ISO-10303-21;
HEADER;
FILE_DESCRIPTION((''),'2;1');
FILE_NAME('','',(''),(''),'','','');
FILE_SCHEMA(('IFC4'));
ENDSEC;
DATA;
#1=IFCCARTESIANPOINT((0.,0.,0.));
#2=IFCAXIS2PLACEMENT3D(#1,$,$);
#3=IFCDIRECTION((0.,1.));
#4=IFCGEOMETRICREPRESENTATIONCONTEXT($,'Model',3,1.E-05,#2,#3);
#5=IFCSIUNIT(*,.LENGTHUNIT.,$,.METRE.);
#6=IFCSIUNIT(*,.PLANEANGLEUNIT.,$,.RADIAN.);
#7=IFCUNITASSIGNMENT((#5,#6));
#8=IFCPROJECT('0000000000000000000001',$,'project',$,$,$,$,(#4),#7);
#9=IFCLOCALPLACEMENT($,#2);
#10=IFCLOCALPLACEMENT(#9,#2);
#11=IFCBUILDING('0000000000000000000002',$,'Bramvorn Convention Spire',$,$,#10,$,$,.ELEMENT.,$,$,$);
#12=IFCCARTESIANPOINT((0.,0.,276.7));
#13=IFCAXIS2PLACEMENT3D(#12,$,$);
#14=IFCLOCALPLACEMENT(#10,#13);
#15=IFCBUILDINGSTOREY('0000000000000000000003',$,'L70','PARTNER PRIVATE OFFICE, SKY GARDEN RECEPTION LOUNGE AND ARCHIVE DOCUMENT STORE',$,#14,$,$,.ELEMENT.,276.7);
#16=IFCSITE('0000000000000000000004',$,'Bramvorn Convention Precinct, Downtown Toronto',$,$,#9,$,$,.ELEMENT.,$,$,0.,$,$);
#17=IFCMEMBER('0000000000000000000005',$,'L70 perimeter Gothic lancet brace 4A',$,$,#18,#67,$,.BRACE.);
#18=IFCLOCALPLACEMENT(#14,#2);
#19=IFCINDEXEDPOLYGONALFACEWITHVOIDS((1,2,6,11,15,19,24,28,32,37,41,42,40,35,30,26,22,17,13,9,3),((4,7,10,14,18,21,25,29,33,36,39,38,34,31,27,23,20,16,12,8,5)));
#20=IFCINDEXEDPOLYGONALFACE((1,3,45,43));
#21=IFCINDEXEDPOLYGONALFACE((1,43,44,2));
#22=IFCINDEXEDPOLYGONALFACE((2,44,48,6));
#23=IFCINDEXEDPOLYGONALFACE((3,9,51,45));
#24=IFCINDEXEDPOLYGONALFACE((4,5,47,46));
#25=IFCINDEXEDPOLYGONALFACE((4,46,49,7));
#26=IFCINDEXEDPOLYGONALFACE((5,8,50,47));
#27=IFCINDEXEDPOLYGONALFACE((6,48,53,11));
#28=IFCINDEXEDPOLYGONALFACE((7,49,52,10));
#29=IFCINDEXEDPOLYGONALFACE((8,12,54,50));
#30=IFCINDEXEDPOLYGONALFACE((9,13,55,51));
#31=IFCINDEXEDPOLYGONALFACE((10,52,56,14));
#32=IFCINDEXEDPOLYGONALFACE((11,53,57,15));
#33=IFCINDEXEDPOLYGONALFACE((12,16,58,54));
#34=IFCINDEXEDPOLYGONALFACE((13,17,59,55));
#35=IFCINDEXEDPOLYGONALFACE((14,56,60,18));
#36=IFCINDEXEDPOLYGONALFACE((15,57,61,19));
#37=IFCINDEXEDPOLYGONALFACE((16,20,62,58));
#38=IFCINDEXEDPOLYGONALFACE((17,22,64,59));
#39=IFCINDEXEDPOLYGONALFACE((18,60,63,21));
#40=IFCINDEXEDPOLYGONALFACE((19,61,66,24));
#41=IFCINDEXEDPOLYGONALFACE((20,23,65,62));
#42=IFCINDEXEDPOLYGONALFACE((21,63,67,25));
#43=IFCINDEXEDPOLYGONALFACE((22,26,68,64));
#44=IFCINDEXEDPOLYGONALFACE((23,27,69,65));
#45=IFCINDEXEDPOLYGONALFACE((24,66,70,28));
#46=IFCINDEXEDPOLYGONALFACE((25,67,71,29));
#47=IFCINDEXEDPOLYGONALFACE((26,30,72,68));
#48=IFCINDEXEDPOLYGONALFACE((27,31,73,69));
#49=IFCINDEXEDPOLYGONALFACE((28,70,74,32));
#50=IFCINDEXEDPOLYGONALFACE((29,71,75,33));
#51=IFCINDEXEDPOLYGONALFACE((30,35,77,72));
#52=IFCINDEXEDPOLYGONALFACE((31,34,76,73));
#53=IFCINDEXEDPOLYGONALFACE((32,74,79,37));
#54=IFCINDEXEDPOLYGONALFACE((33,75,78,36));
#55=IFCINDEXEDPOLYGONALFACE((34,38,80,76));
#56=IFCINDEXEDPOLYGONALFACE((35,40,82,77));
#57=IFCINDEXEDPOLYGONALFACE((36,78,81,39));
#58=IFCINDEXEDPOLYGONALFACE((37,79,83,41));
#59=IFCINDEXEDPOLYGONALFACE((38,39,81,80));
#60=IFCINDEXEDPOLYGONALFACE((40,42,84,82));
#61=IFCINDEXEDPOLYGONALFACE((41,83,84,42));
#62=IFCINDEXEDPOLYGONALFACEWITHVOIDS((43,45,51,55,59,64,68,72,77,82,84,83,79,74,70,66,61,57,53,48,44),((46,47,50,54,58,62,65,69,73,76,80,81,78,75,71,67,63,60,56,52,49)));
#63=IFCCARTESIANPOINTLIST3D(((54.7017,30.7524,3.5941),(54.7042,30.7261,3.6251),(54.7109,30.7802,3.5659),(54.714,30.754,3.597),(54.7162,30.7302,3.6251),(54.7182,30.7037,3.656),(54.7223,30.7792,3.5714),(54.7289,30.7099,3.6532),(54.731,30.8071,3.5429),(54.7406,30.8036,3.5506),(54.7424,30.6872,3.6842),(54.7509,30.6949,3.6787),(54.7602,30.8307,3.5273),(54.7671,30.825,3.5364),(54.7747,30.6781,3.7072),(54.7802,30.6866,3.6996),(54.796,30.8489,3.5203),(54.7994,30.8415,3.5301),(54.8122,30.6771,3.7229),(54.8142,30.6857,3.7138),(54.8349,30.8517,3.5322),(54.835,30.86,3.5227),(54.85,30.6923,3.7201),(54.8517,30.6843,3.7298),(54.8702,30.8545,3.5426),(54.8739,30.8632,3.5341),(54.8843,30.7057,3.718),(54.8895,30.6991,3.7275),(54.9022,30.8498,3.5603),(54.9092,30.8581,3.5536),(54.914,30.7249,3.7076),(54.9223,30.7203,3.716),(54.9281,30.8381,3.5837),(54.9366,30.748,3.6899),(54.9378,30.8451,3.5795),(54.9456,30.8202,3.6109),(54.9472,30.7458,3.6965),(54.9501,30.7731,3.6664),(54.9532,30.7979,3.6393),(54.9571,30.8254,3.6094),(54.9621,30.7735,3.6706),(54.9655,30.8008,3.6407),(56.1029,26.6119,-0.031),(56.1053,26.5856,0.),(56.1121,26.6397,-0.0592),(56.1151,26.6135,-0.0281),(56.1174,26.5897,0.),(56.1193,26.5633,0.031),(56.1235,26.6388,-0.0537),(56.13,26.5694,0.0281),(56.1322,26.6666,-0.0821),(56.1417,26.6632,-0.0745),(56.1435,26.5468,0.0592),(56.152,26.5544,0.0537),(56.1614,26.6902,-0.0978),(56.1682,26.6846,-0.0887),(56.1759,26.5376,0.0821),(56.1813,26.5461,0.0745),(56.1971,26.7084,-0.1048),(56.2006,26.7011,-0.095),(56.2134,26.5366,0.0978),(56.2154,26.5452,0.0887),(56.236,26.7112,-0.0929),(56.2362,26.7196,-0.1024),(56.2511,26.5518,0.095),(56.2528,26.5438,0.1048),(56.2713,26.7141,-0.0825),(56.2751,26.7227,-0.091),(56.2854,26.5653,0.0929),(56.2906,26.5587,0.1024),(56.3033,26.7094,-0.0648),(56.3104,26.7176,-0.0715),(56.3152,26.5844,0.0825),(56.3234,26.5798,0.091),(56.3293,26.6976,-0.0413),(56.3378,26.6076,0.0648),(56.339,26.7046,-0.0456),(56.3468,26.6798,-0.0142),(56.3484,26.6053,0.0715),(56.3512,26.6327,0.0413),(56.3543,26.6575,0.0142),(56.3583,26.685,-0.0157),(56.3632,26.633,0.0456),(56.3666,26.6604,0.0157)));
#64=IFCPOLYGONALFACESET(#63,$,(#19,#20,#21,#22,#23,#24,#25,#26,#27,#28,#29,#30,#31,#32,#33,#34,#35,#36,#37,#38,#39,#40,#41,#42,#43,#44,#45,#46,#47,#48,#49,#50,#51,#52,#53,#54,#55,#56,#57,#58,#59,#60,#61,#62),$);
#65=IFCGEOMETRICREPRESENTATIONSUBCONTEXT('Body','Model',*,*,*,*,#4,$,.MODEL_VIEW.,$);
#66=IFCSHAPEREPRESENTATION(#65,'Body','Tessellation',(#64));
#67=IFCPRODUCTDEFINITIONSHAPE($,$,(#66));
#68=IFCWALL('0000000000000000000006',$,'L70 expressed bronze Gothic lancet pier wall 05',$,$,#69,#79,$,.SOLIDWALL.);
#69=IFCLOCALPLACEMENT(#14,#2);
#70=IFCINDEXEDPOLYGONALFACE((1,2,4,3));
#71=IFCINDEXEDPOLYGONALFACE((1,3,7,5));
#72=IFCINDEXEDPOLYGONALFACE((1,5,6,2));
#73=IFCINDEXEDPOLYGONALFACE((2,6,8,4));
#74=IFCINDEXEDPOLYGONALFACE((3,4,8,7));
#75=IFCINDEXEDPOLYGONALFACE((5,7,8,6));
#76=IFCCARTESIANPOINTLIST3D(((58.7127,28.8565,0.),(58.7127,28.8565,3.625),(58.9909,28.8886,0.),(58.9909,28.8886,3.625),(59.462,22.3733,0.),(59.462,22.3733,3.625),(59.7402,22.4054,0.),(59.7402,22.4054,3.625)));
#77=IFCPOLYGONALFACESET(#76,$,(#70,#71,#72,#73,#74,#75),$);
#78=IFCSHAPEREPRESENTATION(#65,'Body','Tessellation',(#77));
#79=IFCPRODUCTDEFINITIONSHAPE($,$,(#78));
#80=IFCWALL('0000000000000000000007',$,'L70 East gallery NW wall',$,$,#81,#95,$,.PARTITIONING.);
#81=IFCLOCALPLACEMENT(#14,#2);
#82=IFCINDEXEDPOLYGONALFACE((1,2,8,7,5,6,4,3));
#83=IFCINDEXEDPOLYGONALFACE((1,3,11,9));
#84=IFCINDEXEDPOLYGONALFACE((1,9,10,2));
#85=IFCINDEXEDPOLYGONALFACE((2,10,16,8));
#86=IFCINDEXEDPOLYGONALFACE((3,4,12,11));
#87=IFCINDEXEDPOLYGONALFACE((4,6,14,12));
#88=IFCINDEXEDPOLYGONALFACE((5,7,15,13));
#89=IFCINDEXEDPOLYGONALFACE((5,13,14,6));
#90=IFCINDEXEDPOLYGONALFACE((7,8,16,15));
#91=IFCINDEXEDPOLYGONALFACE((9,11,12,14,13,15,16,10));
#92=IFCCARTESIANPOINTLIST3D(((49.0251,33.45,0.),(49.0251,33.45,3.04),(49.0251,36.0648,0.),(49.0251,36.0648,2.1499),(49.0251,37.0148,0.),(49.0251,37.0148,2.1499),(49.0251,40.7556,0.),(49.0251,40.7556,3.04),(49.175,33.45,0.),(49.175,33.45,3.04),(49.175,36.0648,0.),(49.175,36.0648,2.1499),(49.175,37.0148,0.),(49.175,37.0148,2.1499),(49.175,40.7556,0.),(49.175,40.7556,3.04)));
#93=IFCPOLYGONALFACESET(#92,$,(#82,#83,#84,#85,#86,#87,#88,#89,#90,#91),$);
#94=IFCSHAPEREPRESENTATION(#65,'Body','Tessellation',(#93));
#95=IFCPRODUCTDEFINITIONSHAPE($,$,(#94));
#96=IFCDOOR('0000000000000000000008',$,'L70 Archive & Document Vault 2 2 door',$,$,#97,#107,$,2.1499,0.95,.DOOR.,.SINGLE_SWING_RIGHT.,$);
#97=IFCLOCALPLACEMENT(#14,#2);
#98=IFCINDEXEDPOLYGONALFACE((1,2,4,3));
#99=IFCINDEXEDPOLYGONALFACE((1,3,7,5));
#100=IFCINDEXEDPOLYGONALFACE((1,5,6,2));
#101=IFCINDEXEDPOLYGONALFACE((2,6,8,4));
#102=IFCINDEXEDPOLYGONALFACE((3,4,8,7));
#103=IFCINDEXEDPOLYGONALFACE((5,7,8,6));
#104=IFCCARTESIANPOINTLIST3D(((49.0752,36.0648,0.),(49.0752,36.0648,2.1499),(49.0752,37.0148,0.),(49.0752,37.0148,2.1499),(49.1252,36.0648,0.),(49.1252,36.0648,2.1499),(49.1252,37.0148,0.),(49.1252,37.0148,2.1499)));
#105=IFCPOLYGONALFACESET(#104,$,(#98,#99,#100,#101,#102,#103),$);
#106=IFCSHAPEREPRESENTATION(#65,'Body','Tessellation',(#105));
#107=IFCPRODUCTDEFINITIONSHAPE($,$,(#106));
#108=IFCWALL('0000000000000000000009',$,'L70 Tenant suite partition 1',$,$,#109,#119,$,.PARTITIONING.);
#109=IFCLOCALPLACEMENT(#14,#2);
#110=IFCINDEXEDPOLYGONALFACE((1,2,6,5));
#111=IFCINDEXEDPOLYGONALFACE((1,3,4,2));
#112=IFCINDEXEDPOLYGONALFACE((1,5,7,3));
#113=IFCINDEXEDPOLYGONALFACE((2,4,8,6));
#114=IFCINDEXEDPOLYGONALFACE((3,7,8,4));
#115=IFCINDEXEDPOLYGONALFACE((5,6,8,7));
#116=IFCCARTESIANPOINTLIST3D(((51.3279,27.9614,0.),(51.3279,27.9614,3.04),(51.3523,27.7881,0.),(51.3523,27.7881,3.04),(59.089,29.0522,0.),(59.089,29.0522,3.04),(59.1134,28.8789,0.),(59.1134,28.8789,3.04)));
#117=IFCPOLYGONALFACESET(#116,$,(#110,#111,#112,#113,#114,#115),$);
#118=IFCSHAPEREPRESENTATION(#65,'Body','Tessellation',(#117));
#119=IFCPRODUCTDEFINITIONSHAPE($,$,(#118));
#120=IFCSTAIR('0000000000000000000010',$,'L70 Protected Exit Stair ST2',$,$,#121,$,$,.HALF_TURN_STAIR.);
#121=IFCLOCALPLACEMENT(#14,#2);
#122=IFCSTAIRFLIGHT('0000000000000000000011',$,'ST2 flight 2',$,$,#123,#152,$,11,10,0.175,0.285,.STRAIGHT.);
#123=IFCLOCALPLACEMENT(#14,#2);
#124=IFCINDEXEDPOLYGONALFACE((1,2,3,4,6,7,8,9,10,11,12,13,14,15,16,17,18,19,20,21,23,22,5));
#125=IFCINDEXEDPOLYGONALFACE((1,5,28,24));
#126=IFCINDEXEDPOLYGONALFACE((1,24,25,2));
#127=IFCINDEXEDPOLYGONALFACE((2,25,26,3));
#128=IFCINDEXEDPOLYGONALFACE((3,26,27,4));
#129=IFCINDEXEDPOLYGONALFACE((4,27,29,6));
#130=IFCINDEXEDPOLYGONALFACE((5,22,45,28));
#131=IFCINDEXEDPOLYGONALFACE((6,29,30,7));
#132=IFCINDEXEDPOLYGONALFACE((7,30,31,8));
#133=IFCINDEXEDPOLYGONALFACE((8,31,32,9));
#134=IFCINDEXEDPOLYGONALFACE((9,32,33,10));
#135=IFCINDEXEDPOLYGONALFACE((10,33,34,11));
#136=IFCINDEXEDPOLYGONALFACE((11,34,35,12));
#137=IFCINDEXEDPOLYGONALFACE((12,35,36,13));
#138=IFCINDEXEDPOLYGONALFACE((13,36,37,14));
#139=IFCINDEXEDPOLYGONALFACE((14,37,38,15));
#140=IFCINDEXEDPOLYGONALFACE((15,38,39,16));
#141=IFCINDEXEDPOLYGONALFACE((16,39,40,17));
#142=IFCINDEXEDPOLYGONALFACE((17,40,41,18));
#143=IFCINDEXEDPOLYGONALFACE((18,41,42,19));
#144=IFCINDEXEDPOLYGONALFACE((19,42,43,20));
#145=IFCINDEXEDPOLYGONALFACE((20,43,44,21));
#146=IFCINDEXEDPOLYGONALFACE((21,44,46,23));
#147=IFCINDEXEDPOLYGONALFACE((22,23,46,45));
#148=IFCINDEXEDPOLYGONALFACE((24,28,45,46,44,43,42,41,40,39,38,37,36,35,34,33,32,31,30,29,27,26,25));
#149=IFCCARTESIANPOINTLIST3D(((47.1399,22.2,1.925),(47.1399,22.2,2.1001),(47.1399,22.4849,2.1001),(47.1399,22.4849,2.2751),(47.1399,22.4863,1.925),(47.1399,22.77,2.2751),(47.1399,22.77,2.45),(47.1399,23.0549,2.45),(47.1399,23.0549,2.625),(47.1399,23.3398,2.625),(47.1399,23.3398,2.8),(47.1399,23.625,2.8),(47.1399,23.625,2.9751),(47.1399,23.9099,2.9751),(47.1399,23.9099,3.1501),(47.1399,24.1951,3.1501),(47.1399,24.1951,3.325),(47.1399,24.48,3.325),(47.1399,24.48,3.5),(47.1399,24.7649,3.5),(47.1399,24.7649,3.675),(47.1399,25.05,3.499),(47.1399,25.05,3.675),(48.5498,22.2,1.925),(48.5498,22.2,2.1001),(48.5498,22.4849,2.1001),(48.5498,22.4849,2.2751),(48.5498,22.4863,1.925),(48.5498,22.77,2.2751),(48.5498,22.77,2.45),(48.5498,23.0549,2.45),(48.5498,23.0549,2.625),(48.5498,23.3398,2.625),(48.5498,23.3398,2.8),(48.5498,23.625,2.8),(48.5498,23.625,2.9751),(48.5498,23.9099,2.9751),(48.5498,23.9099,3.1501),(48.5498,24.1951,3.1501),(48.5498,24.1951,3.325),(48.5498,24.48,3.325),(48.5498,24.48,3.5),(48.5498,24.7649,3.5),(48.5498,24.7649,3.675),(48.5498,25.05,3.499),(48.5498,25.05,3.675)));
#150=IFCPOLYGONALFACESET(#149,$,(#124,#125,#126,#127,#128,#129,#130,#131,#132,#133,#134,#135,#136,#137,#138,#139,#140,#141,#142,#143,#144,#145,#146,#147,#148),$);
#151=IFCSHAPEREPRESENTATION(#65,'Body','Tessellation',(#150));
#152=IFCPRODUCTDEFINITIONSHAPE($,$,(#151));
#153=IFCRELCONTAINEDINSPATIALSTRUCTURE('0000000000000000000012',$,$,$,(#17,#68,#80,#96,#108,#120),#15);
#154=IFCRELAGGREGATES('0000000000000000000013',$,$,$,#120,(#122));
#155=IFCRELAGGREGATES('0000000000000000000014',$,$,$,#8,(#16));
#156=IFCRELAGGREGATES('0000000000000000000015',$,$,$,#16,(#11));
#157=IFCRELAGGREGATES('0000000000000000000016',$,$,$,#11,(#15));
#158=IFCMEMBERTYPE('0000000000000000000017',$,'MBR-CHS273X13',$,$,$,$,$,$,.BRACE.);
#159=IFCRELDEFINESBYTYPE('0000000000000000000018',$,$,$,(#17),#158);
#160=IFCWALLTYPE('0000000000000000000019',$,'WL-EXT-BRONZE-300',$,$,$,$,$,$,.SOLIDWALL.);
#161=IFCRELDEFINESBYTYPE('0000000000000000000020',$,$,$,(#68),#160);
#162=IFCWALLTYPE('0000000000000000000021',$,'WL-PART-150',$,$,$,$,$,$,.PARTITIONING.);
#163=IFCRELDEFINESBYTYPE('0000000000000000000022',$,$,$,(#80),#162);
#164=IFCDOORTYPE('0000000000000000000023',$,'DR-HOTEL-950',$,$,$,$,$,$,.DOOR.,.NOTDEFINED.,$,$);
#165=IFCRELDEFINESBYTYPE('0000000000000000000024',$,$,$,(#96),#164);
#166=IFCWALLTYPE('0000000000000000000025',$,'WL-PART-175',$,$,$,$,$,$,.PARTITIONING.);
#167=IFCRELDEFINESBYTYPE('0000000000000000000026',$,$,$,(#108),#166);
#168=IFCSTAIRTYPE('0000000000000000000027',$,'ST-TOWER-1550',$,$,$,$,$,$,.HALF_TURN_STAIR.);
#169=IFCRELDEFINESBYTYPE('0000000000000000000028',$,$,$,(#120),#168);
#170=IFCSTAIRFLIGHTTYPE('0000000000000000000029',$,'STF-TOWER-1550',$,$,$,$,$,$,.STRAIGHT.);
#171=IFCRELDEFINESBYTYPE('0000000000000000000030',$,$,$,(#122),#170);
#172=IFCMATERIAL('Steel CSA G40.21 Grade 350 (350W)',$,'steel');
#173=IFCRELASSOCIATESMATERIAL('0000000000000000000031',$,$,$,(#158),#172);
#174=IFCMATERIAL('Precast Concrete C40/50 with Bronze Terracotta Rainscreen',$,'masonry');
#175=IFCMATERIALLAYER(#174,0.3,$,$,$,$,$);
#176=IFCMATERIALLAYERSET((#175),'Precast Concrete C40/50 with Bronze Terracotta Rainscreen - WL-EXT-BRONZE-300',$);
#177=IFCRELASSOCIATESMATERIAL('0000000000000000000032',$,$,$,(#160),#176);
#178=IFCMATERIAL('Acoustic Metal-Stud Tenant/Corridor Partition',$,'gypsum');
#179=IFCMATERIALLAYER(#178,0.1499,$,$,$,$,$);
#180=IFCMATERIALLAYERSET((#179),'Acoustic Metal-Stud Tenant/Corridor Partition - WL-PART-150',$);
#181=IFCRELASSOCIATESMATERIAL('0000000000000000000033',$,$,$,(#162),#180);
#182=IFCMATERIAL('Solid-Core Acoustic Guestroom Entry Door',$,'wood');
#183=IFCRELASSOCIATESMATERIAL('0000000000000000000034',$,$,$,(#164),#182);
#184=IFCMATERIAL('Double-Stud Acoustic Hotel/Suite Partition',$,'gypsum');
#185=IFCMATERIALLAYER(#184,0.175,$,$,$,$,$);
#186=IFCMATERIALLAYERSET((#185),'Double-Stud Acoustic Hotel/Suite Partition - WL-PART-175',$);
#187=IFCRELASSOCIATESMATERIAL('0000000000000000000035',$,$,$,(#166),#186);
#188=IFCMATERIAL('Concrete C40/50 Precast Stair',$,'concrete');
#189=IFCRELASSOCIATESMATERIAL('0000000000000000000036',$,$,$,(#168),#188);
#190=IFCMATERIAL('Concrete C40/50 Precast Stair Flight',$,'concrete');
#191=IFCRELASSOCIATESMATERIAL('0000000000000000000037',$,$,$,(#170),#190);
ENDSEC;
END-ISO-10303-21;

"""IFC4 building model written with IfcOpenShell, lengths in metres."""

from ifc_helpers import new_model, si_unit, direction, frame, frame_2d, origin, origin_2d, place, context, subcontext, project, spatial, polyline, rectangle, hollow_circle, outline, extrude, material, layer, layer_set, material_profile, profile_set, type_object, element, fill, aggregate, save


model = new_model("IFC4")

# Units and contexts
model_context = context("Model", 3, precision=1e-05, world=origin(), true_north=direction((0.0, 1.0)))
body_context = subcontext(model_context, "Body", "Model", "MODEL_VIEW")
ifc_project = project(units=[si_unit("LENGTHUNIT", "METRE"), si_unit("PLANEANGLEUNIT", "RADIAN")], contexts=[model_context])

# Site, building, storey
site_placement = place(None, origin())
site = spatial("IfcSite", under=ifc_project, at=site_placement, Name="Bramvorn Convention Precinct, Downtown Toronto", CompositionType="ELEMENT", RefElevation=0.0)
building_placement = place(site_placement, origin())
building = spatial("IfcBuilding", under=site, at=building_placement, Name="Bramvorn Convention Spire", CompositionType="ELEMENT")
storey_placement = place(building_placement, frame((0.0, 0.0, 276.7)))
storey = spatial("IfcBuildingStorey", under=building, at=storey_placement, Name="L70", Description="PARTNER PRIVATE OFFICE, SKY GARDEN RECEPTION LOUNGE AND ARCHIVE DOCUMENT STORE", CompositionType="ELEMENT", Elevation=276.7)

# Shared definitions
ifc_material_1 = material(Name="Steel CSA G40.21 Grade 350 (350W)", Category="steel")

# Member
ifc_material_profile_1 = material_profile(ifc_material_1, hollow_circle(Radius=0.1365, WallThickness=0.0127, at=origin_2d()))
ifc_profile_set_1 = profile_set([ifc_material_profile_1], Name="Steel CSA G40.21 Grade 350 (350W) - CHS273X13")
member_type_1 = type_object("IfcMemberType", Name="MBR-CHS273X13", PredefinedType="BRACE", material=ifc_profile_set_1)
member_1_placement = place(storey_placement, frame((56.2346, 26.6294, 0.0), z_axis=(-0.246737, 0.72912, 0.638361), x_axis=(-0.947232, -0.320548, 0.0)))
element("IfcMember", 1, at=member_1_placement, inside=storey, type_object=member_type_1, Name="L70 perimeter Gothic lancet brace 4A", PredefinedType="BRACE", context=body_context, shape_type="SweptSolid", body=[
    extrude(hollow_circle(Radius=0.1365, WallThickness=0.0127, at=origin_2d()), origin(), (0.0, 0.0, 1.0), 5.6787),
])

# Wall
ifc_material_2 = material(Name="Precast Concrete C40/50 with Bronze Terracotta Rainscreen", Category="masonry")
ifc_layer_1 = layer(ifc_material_2, 0.3)
ifc_layer_set_1 = layer_set([ifc_layer_1], Name="Precast Concrete C40/50 with Bronze Terracotta Rainscreen - WL-EXT-BRONZE-300")
wall_type_1 = type_object("IfcWallType", Name="WL-EXT-BRONZE-300", PredefinedType="SOLIDWALL", material=ifc_layer_set_1)
wall_1_placement = place(storey_placement, frame((58.8518, 28.8726, 0.0), z_axis=(0.0, 0.0, 1.0), x_axis=(0.114807, -0.993388, 0.0)))
element("IfcWall", 2, at=wall_1_placement, inside=storey, type_object=wall_type_1, Name="L70 expressed bronze Gothic lancet pier wall 05", PredefinedType="SOLIDWALL", context=body_context, shape_type="SweptSolid", body=[
    extrude(rectangle(XDim=6.5264, YDim=0.28, at=frame_2d((3.2632, 0.0))), origin(), (0.0, 0.0, 1.0), 3.625),
])

# Wall, opening, door
ifc_material_3 = material(Name="Acoustic Metal-Stud Tenant/Corridor Partition", Category="gypsum")
ifc_layer_2 = layer(ifc_material_3, 0.1499)
ifc_layer_set_2 = layer_set([ifc_layer_2], Name="Acoustic Metal-Stud Tenant/Corridor Partition - WL-PART-150")
wall_type_2 = type_object("IfcWallType", Name="WL-PART-150", PredefinedType="PARTITIONING", material=ifc_layer_set_2)
wall_2_placement = place(storey_placement, frame((49.1001, 33.45, 0.0), z_axis=(0.0, 0.0, 1.0), x_axis=(0.0, 1.0, 0.0)))
wall_2 = element("IfcWall", 3, at=wall_2_placement, inside=storey, type_object=wall_type_2, Name="L70 East gallery NW wall", PredefinedType="PARTITIONING", context=body_context, shape_type="SweptSolid", body=[
    extrude(rectangle(XDim=7.3057, YDim=0.1499, at=frame_2d((3.6528, 0.0))), origin(), (0.0, 0.0, 1.0), 3.04),
])
opening_placement = place(wall_2_placement, frame((2.6147, 0.0, 0.0)))
opening = element("IfcOpeningElement", 4, at=opening_placement, cuts=wall_2, PredefinedType="OPENING", context=body_context, shape_type="SweptSolid", body=[
    extrude(rectangle(XDim=0.95, YDim=2.1499, at=frame_2d((0.4751, 1.075))), frame((0.0, 0.085, 0.0), z_axis=(0.0, -1.0, 0.0), x_axis=(1.0, 0.0, 0.0)), (0.0, 0.0, 1.0), 0.1699),
])
ifc_material_4 = material(Name="Solid-Core Acoustic Guestroom Entry Door", Category="wood")
door_type = type_object("IfcDoorType", Name="DR-HOTEL-950", OperationType="NOTDEFINED", PredefinedType="DOOR", material=ifc_material_4)
door_placement = place(opening_placement, origin())
door = element("IfcDoor", 5, at=door_placement, inside=storey, type_object=door_type, Name="L70 Archive & Document Vault 2 2 door", OperationType="SINGLE_SWING_RIGHT", OverallHeight=2.1499, OverallWidth=0.95, PredefinedType="DOOR", context=body_context, shape_type="SweptSolid", body=[
    extrude(rectangle(XDim=0.95, YDim=2.1499, at=frame_2d((0.4751, 1.075))), frame((0.0, 0.0249, 0.0), z_axis=(0.0, -1.0, 0.0), x_axis=(1.0, 0.0, 0.0)), (0.0, 0.0, 1.0), 0.05),
])
fill(opening, door)

# Wall
ifc_material_5 = material(Name="Double-Stud Acoustic Hotel/Suite Partition", Category="gypsum")
ifc_layer_3 = layer(ifc_material_5, 0.175)
ifc_layer_set_3 = layer_set([ifc_layer_3], Name="Double-Stud Acoustic Hotel/Suite Partition - WL-PART-175")
wall_type_3 = type_object("IfcWallType", Name="WL-PART-175", PredefinedType="PARTITIONING", material=ifc_layer_set_3)
wall_3_placement = place(storey_placement, frame((51.3401, 27.8748, 0.0), z_axis=(0.0, 0.0, 1.0), x_axis=(0.990267, 0.139179, 0.0)))
element("IfcWall", 6, at=wall_3_placement, inside=storey, type_object=wall_type_3, Name="L70 Tenant suite partition 1", PredefinedType="PARTITIONING", context=body_context, shape_type="SweptSolid", body=[
    extrude(rectangle(XDim=7.8374, YDim=0.175, at=frame_2d((3.9187, 0.0))), origin(), (0.0, 0.0, 1.0), 3.04),
])

# Stair, stair flight
ifc_material_6 = material(Name="Concrete C40/50 Precast Stair", Category="concrete")
stair_type = type_object("IfcStairType", Name="ST-TOWER-1550", PredefinedType="HALF_TURN_STAIR", material=ifc_material_6)
stair_placement = place(storey_placement, origin())
stair = element("IfcStair", 7, at=stair_placement, inside=storey, type_object=stair_type, Name="L70 Protected Exit Stair ST2", PredefinedType="HALF_TURN_STAIR")
ifc_material_7 = material(Name="Concrete C40/50 Precast Stair Flight", Category="concrete")
stair_flight_type = type_object("IfcStairFlightType", Name="STF-TOWER-1550", PredefinedType="STRAIGHT", material=ifc_material_7)
stair_flight_placement = place(storey_placement, frame((47.845, 22.2, 1.925), z_axis=(0.0, 0.0, 1.0), x_axis=(0.0, 1.0, 0.0)))
stair_flight = element("IfcStairFlight", 8, at=stair_flight_placement, type_object=stair_flight_type, Name="ST2 flight 2", NumberOfRisers=11, NumberOfTreads=10, PredefinedType="STRAIGHT", RiserHeight=0.175, TreadLength=0.285, context=body_context, shape_type="SweptSolid", body=[
    extrude(outline(polyline([(0.0, 0.0), (0.0, 0.175), (0.2849, 0.175), (0.2849, 0.3501), (0.5701, 0.3501), (0.5701, 0.5249), (0.855, 0.5249), (0.855, 0.7), (1.1399, 0.7), (1.1399, 0.875), (1.425, 0.875), (1.425, 1.05), (1.71, 1.05), (1.71, 1.2251), (1.9951, 1.2251), (1.9951, 1.3999), (2.28, 1.3999), (2.28, 1.575), (2.5649, 1.575), (2.5649, 1.75), (2.8501, 1.75), (2.8501, 1.925), (2.8501, 1.574), (0.2864, 0.0), (0.0, 0.0)])), frame((0.0, 0.7051, 0.0), z_axis=(0.0, -1.0, 0.0), x_axis=(1.0, 0.0, 0.0)), (0.0, 0.0, 1.0), 1.4099),
])
aggregate(stair, [stair_flight])

save(model, "model.ifc")
